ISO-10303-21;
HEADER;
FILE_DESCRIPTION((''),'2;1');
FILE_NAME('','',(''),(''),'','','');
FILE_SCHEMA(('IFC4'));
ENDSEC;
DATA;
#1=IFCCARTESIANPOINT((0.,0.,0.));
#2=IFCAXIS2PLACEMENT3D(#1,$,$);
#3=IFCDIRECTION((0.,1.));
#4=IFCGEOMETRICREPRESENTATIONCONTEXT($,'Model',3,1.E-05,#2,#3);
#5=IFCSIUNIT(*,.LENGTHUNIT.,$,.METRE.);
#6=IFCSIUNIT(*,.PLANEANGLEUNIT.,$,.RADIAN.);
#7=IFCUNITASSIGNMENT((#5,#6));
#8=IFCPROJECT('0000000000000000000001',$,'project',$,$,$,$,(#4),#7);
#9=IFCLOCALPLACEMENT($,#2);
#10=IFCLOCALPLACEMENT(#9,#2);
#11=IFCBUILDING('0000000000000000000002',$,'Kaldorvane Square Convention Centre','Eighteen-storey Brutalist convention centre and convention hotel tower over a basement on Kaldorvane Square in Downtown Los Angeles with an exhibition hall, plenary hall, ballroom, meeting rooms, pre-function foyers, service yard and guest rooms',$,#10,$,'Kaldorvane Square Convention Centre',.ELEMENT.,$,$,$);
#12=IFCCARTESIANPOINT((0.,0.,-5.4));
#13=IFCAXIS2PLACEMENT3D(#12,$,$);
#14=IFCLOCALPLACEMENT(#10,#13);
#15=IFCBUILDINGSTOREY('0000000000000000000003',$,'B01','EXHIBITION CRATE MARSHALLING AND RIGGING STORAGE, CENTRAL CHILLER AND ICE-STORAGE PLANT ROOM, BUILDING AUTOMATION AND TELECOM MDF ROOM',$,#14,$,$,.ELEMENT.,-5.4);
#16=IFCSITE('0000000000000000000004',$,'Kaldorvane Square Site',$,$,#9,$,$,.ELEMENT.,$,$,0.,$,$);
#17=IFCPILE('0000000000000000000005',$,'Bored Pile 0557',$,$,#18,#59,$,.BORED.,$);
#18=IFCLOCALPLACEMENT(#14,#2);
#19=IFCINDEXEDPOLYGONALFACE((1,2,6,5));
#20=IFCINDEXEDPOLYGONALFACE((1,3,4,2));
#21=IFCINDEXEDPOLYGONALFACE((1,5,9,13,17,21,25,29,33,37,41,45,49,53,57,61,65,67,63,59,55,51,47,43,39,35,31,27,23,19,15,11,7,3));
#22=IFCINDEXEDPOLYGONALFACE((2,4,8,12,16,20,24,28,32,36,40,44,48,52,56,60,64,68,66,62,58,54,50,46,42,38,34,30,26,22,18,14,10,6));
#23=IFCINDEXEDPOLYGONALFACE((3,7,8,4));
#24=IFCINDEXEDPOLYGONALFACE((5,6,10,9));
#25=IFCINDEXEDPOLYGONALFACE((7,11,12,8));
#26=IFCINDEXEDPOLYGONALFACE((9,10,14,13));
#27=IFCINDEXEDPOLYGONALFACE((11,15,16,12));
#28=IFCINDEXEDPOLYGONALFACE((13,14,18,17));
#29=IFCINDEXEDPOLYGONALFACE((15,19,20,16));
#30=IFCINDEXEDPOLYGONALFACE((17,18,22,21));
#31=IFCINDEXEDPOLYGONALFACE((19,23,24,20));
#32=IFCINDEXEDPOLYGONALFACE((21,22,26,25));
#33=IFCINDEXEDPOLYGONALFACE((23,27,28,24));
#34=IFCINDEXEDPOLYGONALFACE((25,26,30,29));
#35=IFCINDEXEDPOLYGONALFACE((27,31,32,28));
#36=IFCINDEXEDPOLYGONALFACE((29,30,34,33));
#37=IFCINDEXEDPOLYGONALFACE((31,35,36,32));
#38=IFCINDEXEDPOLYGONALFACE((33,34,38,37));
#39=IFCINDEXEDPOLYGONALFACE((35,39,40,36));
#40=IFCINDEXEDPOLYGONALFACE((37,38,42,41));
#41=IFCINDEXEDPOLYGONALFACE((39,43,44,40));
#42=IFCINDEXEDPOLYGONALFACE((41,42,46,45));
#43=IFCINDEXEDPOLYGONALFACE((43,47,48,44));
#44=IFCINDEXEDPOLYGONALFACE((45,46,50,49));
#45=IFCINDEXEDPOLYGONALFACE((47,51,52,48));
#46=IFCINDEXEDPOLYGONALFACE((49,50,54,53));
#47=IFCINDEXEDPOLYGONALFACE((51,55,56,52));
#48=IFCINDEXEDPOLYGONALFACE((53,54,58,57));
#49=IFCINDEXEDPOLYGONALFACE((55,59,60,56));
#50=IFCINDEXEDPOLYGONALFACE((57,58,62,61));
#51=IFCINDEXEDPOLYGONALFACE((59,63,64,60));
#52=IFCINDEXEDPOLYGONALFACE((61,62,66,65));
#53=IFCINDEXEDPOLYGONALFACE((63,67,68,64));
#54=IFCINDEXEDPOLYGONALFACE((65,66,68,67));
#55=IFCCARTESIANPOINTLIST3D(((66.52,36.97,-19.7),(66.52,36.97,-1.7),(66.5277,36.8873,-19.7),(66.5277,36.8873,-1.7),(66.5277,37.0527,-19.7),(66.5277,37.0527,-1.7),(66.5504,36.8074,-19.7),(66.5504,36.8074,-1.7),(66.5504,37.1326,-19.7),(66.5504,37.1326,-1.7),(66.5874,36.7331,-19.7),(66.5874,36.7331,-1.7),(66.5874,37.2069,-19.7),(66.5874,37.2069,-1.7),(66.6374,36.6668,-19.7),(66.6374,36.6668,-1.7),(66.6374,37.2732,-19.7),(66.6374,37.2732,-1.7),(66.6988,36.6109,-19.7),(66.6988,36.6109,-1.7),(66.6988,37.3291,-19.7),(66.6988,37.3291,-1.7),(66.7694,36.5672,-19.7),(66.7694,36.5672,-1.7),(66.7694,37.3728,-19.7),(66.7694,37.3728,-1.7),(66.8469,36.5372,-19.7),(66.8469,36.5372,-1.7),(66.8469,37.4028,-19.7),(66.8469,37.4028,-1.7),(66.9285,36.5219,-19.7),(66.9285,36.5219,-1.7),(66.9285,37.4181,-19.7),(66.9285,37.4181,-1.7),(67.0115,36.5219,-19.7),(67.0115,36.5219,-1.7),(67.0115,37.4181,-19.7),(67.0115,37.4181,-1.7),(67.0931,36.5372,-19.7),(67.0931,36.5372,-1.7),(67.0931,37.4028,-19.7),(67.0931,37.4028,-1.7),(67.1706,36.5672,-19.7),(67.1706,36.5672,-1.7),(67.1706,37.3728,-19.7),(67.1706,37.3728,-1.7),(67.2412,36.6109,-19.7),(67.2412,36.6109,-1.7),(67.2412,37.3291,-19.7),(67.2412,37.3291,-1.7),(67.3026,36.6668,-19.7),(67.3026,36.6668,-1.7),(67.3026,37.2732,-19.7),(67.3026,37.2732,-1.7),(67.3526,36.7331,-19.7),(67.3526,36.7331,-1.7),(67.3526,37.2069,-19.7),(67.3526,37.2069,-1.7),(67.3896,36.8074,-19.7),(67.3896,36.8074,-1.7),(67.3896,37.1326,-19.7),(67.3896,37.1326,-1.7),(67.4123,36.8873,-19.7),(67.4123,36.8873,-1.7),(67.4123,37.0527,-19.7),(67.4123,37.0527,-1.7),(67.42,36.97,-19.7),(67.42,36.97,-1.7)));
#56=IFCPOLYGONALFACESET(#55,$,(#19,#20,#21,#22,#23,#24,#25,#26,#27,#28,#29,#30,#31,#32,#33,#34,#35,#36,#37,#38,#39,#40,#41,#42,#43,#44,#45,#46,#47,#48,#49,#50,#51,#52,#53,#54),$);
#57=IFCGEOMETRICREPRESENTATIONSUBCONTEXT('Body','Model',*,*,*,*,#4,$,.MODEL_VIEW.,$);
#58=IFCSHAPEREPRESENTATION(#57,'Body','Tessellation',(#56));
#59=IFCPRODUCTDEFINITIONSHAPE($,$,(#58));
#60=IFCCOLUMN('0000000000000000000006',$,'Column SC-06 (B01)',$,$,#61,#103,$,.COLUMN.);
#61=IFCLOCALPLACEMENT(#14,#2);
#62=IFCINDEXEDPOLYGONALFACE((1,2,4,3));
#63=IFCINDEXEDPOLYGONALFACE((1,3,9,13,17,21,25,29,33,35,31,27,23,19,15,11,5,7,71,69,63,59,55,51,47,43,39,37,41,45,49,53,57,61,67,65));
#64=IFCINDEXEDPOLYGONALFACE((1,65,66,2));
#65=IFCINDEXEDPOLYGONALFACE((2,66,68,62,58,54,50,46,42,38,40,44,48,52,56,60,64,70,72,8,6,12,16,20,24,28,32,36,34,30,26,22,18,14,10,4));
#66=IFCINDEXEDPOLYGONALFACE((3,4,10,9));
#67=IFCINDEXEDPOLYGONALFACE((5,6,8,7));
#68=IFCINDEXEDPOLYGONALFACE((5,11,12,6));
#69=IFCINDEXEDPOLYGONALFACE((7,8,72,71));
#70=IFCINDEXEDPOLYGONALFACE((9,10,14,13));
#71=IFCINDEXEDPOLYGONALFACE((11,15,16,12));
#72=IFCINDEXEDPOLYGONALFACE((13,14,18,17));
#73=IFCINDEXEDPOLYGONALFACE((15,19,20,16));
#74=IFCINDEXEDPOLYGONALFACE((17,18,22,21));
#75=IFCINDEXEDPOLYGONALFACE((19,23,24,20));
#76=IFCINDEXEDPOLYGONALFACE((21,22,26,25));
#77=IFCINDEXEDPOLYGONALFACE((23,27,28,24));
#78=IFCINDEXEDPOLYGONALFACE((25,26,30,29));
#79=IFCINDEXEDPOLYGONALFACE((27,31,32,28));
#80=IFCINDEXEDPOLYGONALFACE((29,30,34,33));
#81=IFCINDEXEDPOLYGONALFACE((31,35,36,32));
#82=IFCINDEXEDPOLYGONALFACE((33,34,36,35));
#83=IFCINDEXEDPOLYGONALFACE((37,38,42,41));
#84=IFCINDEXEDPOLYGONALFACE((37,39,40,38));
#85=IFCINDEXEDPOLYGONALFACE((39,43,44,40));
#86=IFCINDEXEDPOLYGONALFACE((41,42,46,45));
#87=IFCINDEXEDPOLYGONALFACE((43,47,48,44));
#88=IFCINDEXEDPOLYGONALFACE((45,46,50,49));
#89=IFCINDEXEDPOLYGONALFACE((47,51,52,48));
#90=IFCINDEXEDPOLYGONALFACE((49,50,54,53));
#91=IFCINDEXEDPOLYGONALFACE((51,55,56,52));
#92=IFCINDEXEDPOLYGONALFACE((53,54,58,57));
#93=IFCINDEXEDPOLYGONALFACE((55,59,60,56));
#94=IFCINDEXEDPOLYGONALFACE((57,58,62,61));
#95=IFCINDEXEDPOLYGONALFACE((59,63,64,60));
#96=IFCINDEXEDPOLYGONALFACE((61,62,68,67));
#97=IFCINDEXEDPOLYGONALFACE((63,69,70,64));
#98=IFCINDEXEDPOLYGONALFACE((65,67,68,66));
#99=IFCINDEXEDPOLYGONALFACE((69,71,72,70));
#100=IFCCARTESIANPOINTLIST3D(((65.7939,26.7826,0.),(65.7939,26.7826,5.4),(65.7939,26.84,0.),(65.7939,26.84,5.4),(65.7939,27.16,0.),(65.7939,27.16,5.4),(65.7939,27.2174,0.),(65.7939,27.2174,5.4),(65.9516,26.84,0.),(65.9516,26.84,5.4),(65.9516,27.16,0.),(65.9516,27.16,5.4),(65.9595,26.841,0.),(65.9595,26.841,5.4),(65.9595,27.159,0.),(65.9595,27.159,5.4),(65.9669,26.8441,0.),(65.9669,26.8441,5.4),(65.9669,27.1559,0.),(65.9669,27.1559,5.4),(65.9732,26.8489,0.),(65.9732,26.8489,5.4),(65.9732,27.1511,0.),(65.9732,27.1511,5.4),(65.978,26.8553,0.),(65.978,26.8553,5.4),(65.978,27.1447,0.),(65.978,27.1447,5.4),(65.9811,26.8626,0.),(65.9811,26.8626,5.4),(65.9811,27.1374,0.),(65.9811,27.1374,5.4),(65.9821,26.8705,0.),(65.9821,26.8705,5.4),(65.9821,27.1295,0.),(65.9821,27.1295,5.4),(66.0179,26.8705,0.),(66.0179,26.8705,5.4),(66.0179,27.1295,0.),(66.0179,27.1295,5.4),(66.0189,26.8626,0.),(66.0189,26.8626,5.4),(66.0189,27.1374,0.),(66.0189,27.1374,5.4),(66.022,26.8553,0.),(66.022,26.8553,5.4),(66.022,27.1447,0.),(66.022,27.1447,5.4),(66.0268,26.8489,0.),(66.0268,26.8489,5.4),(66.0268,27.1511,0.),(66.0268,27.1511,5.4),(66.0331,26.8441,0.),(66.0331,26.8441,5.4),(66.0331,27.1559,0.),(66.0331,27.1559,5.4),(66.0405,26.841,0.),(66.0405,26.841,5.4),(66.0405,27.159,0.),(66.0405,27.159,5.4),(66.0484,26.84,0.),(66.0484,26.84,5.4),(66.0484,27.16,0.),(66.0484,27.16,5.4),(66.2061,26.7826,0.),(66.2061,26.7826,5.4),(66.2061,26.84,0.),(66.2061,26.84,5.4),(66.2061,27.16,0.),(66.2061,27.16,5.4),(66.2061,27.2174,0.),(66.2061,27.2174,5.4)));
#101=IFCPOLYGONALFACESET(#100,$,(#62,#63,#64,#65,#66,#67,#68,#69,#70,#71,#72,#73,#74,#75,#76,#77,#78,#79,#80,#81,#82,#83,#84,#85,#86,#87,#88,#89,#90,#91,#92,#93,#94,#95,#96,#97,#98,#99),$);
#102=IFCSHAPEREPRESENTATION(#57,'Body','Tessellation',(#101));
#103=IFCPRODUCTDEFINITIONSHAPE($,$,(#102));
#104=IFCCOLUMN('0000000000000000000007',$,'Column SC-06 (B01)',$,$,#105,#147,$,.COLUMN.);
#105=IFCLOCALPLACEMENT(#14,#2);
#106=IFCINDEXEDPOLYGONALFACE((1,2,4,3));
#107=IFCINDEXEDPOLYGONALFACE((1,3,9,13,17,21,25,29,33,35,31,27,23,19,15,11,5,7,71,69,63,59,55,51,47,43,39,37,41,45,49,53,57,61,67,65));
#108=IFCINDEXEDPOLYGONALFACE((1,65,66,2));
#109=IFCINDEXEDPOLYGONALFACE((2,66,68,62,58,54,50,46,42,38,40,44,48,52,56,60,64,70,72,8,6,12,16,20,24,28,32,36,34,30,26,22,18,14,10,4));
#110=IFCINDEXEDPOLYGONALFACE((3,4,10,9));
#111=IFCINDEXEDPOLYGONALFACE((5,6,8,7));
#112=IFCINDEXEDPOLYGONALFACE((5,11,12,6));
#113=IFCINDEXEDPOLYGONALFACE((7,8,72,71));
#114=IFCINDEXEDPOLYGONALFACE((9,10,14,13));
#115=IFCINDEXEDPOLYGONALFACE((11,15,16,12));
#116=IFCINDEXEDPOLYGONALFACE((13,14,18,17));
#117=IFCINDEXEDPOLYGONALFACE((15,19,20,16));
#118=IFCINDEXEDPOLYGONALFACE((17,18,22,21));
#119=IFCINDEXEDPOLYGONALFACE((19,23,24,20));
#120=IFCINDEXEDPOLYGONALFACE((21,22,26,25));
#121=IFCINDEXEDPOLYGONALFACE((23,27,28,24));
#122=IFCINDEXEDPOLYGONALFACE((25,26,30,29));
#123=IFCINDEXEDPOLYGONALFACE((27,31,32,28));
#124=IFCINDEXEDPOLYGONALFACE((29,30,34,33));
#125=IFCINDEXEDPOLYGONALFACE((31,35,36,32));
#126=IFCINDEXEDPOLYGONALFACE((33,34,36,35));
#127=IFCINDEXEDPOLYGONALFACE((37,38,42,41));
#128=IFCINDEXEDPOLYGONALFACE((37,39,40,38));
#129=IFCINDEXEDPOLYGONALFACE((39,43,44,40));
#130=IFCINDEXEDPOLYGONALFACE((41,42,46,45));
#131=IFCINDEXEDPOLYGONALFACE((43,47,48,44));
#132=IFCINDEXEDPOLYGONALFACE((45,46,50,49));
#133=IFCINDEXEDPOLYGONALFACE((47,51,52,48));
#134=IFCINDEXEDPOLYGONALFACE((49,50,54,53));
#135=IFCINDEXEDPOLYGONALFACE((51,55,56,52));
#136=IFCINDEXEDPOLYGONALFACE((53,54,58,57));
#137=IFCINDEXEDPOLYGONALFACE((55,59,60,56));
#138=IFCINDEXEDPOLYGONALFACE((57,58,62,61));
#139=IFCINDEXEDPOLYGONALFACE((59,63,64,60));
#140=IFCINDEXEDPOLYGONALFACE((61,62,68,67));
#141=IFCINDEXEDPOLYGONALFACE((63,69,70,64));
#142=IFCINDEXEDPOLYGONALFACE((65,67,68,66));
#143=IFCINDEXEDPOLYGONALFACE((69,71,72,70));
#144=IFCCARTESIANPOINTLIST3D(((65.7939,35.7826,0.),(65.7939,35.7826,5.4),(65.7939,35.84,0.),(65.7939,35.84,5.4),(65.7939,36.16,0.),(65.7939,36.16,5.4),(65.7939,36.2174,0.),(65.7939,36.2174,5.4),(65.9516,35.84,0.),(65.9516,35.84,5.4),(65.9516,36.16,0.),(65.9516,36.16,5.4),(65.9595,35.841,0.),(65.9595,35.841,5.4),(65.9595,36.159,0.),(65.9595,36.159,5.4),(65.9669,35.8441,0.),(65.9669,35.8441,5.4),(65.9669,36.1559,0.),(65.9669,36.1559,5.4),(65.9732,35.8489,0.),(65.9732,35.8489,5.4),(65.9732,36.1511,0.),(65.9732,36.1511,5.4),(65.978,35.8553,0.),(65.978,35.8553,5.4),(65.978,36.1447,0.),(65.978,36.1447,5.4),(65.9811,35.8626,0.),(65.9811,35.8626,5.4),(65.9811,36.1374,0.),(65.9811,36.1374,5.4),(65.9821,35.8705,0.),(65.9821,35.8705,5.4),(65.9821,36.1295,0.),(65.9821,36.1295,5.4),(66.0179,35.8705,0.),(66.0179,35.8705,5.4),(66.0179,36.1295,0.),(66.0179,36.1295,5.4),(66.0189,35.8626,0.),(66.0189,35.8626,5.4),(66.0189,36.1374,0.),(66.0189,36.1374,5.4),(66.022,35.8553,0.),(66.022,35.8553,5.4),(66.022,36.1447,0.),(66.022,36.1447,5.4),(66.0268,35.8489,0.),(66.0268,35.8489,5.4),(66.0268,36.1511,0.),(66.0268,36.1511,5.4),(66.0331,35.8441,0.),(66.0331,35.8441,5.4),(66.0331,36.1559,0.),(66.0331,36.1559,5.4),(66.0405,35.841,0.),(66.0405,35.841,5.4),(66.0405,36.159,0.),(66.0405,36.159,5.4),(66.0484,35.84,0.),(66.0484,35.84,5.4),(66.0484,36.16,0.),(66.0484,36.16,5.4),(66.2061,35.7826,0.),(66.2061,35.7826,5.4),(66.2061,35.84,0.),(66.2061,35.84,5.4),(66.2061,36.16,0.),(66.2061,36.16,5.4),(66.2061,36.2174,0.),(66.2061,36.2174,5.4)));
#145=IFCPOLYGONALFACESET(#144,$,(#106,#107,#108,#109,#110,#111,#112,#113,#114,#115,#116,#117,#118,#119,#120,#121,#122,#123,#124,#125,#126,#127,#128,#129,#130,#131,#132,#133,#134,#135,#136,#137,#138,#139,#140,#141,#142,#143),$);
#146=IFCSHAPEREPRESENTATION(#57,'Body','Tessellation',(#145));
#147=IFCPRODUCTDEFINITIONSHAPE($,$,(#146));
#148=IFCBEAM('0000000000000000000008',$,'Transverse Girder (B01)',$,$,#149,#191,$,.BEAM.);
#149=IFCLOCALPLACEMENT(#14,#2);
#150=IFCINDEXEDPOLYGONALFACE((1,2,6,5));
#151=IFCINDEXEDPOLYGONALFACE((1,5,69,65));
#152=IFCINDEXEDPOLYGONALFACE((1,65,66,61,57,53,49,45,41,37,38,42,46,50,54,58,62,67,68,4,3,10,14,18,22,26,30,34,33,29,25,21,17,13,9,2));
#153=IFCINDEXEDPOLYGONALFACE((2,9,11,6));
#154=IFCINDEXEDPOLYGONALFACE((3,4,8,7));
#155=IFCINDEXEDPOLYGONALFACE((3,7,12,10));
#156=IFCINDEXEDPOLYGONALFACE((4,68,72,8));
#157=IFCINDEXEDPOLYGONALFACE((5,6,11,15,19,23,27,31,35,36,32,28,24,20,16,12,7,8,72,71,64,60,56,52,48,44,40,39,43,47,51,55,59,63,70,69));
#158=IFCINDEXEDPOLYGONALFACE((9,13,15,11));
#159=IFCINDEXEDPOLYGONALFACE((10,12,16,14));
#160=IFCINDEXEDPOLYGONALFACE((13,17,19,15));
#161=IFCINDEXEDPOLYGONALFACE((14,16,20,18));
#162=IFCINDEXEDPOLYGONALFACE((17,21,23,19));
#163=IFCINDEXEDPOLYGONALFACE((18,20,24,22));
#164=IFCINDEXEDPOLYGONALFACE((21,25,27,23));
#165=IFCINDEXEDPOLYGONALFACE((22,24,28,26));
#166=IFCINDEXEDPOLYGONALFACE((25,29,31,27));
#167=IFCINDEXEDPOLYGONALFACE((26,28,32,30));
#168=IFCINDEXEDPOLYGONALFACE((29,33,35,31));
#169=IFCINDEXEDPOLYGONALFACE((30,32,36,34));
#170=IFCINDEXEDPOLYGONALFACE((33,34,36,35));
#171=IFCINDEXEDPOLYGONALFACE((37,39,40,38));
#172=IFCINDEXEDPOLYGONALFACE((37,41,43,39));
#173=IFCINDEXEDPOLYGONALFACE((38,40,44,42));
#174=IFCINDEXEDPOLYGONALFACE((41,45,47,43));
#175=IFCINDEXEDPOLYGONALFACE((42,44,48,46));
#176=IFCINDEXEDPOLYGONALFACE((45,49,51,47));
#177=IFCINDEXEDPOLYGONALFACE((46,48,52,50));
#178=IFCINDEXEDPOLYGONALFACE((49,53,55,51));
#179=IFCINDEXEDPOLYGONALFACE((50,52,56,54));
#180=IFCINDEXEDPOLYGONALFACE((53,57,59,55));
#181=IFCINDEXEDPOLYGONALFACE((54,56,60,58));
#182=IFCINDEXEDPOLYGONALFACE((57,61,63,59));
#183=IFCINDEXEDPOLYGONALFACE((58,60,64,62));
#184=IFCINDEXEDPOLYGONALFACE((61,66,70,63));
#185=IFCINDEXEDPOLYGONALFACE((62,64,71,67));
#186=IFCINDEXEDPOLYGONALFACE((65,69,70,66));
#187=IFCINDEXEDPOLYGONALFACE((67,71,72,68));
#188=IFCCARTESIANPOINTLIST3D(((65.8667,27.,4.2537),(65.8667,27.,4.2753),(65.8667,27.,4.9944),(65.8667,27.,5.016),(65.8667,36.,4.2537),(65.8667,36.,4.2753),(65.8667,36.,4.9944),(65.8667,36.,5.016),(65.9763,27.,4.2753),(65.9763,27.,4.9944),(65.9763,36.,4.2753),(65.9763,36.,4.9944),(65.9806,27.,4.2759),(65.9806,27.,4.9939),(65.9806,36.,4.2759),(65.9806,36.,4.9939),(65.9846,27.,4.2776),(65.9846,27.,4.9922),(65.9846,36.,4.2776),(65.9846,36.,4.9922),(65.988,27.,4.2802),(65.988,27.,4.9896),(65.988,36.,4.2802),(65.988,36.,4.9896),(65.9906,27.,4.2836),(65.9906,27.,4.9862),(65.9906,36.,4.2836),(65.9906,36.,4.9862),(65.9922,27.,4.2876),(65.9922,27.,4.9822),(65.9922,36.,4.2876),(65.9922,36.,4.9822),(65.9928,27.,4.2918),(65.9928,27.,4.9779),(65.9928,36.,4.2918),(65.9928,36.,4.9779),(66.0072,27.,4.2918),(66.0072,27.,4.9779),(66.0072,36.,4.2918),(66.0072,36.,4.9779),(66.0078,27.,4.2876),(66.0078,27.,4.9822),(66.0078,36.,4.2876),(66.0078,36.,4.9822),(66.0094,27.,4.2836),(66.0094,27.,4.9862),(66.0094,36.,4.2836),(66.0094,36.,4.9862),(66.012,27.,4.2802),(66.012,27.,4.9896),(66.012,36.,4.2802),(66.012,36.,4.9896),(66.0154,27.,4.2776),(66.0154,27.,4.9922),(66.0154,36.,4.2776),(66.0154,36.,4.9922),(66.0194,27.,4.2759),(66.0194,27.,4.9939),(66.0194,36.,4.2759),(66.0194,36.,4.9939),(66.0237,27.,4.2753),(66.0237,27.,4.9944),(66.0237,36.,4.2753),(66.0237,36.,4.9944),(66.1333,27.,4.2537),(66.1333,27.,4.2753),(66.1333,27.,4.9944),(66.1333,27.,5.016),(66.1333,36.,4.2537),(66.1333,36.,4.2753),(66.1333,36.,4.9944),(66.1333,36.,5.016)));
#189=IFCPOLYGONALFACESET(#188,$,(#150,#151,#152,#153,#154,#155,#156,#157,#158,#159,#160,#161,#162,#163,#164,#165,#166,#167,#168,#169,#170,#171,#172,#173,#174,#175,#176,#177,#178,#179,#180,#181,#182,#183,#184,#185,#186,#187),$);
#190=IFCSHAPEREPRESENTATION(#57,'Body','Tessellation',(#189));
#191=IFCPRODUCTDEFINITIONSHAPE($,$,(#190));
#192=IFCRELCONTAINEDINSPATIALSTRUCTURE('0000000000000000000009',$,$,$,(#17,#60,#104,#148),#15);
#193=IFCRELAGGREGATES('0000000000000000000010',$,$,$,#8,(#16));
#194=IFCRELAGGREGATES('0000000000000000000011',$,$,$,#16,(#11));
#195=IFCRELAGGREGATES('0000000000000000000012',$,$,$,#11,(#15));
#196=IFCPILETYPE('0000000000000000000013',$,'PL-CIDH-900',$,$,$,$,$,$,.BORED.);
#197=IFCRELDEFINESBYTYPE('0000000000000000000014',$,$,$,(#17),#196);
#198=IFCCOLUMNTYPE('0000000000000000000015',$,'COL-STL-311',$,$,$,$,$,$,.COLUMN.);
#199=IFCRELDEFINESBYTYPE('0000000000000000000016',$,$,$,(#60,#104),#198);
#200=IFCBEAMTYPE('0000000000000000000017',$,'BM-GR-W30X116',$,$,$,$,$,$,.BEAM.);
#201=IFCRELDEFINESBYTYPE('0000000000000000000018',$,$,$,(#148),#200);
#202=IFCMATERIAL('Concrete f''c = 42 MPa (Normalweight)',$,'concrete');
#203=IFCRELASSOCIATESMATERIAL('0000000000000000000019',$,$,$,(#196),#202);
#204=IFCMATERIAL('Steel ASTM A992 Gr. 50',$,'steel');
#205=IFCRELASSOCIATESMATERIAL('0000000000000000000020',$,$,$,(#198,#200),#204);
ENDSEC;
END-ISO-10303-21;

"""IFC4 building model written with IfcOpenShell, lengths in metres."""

from ifc_helpers import new_model, si_unit, direction, frame, origin, origin_2d, place, context, subcontext, project, spatial, circle, i_section, extrude, material, material_profile, profile_set, type_object, element, save


model = new_model("IFC4")

# Units and contexts
model_context = context("Model", 3, precision=1e-05, world=origin(), true_north=direction((0.0, 1.0)))
body_context = subcontext(model_context, "Body", "Model", "MODEL_VIEW")
ifc_project = project(units=[si_unit("LENGTHUNIT", "METRE"), si_unit("PLANEANGLEUNIT", "RADIAN")], contexts=[model_context])

# Site, building, storey
site_placement = place(None, origin())
site = spatial("IfcSite", under=ifc_project, at=site_placement, Name="Kaldorvane Square Site", CompositionType="ELEMENT", RefElevation=0.0)
building_placement = place(site_placement, origin())
building = spatial("IfcBuilding", under=site, at=building_placement, Name="Kaldorvane Square Convention Centre", Description="Eighteen-storey Brutalist convention centre and convention hotel tower over a basement on Kaldorvane Square in Downtown Los Angeles with an exhibition hall, plenary hall, ballroom, meeting rooms, pre-function foyers, service yard and guest rooms", LongName="Kaldorvane Square Convention Centre", CompositionType="ELEMENT")
storey_placement = place(building_placement, frame((0.0, 0.0, -5.4)))
storey = spatial("IfcBuildingStorey", under=building, at=storey_placement, Name="B01", Description="EXHIBITION CRATE MARSHALLING AND RIGGING STORAGE, CENTRAL CHILLER AND ICE-STORAGE PLANT ROOM, BUILDING AUTOMATION AND TELECOM MDF ROOM", CompositionType="ELEMENT", Elevation=-5.4)

# Shared definitions
ifc_material_1 = material(Name="Concrete f'c = 42 MPa (Normalweight)", Category="concrete")

# Pile
ifc_material_profile_1 = material_profile(ifc_material_1, circle(Radius=0.45, at=origin_2d()), Name="PILE-D900")
ifc_profile_set_1 = profile_set([ifc_material_profile_1], Name="Concrete f'c = 42 MPa (Normalweight)")
pile_type = type_object("IfcPileType", Name="PL-CIDH-900", PredefinedType="BORED", material=ifc_profile_set_1)
for number, where, z_axis, x_axis, name in (
    (1, (66.97, 36.97, -1.7), (0.0, 0.0, -1.0), (1.0, 0.0, 0.0), "Bored Pile 0557"),
):
    element("IfcPile", number, at=place(storey_placement, frame(where, z_axis=z_axis, x_axis=x_axis)), inside=storey, type_object=pile_type, Name=name, PredefinedType="BORED", context=body_context, shape_type="SweptSolid", body=[
        extrude(circle(Radius=0.45, at=origin_2d()), origin(), (0.0, 0.0, 1.0), 18.0),
    ])

# Columns
ifc_material_2 = material(Name="Steel ASTM A992 Gr. 50", Category="steel")
ifc_material_profile_2 = material_profile(ifc_material_2, i_section(OverallWidth=0.4122, OverallDepth=0.4348, WebThickness=0.0358, FlangeThickness=0.0574, FilletRadius=0.0305, at=origin_2d()), Name="W14X311")
ifc_profile_set_2 = profile_set([ifc_material_profile_2], Name="Steel ASTM A992 Gr. 50")
column_type = type_object("IfcColumnType", Name="COL-STL-311", PredefinedType="COLUMN", material=ifc_profile_set_2)
for number, where, z_axis, x_axis, name in (
    (2, (66.0, 27.0, 0.0), (0.0, 0.0, 1.0), (1.0, 0.0, 0.0), "Column SC-06 (B01)"),
    (3, (66.0, 36.0, 0.0), (0.0, 0.0, 1.0), (1.0, 0.0, 0.0), "Column SC-06 (B01)"),
):
    element("IfcColumn", number, at=place(storey_placement, frame(where, z_axis=z_axis, x_axis=x_axis)), inside=storey, type_object=column_type, Name=name, PredefinedType="COLUMN", context=body_context, shape_type="SweptSolid", body=[
        extrude(i_section(OverallWidth=0.4122, OverallDepth=0.4348, WebThickness=0.0358, FlangeThickness=0.0574, FilletRadius=0.0305, at=origin_2d()), origin(), (0.0, 0.0, 1.0), 5.4),
    ])

# Beam
ifc_material_profile_3 = material_profile(ifc_material_2, i_section(OverallWidth=0.2666, OverallDepth=0.7623, WebThickness=0.0144, FlangeThickness=0.0216, FilletRadius=0.0165, at=origin_2d()), Name="W30X116")
ifc_profile_set_3 = profile_set([ifc_material_profile_3], Name="Steel ASTM A992 Gr. 50")
beam_type_1 = type_object("IfcBeamType", Name="BM-GR-W30X116", PredefinedType="BEAM", material=ifc_profile_set_3)
for number, where, z_axis, x_axis, name in (
    (4, (66.0, 27.0, 4.6349), (0.0, 1.0, 0.0), (-1.0, 0.0, 0.0), "Transverse Girder (B01)"),
):
    element("IfcBeam", number, at=place(storey_placement, frame(where, z_axis=z_axis, x_axis=x_axis)), inside=storey, type_object=beam_type_1, Name=name, PredefinedType="BEAM", context=body_context, shape_type="SweptSolid", body=[
        extrude(i_section(OverallWidth=0.2666, OverallDepth=0.7623, WebThickness=0.0144, FlangeThickness=0.0216, FilletRadius=0.0165, at=origin_2d()), origin(), (0.0, 0.0, 1.0), 9.0),
    ])

save(model, "model.ifc")
